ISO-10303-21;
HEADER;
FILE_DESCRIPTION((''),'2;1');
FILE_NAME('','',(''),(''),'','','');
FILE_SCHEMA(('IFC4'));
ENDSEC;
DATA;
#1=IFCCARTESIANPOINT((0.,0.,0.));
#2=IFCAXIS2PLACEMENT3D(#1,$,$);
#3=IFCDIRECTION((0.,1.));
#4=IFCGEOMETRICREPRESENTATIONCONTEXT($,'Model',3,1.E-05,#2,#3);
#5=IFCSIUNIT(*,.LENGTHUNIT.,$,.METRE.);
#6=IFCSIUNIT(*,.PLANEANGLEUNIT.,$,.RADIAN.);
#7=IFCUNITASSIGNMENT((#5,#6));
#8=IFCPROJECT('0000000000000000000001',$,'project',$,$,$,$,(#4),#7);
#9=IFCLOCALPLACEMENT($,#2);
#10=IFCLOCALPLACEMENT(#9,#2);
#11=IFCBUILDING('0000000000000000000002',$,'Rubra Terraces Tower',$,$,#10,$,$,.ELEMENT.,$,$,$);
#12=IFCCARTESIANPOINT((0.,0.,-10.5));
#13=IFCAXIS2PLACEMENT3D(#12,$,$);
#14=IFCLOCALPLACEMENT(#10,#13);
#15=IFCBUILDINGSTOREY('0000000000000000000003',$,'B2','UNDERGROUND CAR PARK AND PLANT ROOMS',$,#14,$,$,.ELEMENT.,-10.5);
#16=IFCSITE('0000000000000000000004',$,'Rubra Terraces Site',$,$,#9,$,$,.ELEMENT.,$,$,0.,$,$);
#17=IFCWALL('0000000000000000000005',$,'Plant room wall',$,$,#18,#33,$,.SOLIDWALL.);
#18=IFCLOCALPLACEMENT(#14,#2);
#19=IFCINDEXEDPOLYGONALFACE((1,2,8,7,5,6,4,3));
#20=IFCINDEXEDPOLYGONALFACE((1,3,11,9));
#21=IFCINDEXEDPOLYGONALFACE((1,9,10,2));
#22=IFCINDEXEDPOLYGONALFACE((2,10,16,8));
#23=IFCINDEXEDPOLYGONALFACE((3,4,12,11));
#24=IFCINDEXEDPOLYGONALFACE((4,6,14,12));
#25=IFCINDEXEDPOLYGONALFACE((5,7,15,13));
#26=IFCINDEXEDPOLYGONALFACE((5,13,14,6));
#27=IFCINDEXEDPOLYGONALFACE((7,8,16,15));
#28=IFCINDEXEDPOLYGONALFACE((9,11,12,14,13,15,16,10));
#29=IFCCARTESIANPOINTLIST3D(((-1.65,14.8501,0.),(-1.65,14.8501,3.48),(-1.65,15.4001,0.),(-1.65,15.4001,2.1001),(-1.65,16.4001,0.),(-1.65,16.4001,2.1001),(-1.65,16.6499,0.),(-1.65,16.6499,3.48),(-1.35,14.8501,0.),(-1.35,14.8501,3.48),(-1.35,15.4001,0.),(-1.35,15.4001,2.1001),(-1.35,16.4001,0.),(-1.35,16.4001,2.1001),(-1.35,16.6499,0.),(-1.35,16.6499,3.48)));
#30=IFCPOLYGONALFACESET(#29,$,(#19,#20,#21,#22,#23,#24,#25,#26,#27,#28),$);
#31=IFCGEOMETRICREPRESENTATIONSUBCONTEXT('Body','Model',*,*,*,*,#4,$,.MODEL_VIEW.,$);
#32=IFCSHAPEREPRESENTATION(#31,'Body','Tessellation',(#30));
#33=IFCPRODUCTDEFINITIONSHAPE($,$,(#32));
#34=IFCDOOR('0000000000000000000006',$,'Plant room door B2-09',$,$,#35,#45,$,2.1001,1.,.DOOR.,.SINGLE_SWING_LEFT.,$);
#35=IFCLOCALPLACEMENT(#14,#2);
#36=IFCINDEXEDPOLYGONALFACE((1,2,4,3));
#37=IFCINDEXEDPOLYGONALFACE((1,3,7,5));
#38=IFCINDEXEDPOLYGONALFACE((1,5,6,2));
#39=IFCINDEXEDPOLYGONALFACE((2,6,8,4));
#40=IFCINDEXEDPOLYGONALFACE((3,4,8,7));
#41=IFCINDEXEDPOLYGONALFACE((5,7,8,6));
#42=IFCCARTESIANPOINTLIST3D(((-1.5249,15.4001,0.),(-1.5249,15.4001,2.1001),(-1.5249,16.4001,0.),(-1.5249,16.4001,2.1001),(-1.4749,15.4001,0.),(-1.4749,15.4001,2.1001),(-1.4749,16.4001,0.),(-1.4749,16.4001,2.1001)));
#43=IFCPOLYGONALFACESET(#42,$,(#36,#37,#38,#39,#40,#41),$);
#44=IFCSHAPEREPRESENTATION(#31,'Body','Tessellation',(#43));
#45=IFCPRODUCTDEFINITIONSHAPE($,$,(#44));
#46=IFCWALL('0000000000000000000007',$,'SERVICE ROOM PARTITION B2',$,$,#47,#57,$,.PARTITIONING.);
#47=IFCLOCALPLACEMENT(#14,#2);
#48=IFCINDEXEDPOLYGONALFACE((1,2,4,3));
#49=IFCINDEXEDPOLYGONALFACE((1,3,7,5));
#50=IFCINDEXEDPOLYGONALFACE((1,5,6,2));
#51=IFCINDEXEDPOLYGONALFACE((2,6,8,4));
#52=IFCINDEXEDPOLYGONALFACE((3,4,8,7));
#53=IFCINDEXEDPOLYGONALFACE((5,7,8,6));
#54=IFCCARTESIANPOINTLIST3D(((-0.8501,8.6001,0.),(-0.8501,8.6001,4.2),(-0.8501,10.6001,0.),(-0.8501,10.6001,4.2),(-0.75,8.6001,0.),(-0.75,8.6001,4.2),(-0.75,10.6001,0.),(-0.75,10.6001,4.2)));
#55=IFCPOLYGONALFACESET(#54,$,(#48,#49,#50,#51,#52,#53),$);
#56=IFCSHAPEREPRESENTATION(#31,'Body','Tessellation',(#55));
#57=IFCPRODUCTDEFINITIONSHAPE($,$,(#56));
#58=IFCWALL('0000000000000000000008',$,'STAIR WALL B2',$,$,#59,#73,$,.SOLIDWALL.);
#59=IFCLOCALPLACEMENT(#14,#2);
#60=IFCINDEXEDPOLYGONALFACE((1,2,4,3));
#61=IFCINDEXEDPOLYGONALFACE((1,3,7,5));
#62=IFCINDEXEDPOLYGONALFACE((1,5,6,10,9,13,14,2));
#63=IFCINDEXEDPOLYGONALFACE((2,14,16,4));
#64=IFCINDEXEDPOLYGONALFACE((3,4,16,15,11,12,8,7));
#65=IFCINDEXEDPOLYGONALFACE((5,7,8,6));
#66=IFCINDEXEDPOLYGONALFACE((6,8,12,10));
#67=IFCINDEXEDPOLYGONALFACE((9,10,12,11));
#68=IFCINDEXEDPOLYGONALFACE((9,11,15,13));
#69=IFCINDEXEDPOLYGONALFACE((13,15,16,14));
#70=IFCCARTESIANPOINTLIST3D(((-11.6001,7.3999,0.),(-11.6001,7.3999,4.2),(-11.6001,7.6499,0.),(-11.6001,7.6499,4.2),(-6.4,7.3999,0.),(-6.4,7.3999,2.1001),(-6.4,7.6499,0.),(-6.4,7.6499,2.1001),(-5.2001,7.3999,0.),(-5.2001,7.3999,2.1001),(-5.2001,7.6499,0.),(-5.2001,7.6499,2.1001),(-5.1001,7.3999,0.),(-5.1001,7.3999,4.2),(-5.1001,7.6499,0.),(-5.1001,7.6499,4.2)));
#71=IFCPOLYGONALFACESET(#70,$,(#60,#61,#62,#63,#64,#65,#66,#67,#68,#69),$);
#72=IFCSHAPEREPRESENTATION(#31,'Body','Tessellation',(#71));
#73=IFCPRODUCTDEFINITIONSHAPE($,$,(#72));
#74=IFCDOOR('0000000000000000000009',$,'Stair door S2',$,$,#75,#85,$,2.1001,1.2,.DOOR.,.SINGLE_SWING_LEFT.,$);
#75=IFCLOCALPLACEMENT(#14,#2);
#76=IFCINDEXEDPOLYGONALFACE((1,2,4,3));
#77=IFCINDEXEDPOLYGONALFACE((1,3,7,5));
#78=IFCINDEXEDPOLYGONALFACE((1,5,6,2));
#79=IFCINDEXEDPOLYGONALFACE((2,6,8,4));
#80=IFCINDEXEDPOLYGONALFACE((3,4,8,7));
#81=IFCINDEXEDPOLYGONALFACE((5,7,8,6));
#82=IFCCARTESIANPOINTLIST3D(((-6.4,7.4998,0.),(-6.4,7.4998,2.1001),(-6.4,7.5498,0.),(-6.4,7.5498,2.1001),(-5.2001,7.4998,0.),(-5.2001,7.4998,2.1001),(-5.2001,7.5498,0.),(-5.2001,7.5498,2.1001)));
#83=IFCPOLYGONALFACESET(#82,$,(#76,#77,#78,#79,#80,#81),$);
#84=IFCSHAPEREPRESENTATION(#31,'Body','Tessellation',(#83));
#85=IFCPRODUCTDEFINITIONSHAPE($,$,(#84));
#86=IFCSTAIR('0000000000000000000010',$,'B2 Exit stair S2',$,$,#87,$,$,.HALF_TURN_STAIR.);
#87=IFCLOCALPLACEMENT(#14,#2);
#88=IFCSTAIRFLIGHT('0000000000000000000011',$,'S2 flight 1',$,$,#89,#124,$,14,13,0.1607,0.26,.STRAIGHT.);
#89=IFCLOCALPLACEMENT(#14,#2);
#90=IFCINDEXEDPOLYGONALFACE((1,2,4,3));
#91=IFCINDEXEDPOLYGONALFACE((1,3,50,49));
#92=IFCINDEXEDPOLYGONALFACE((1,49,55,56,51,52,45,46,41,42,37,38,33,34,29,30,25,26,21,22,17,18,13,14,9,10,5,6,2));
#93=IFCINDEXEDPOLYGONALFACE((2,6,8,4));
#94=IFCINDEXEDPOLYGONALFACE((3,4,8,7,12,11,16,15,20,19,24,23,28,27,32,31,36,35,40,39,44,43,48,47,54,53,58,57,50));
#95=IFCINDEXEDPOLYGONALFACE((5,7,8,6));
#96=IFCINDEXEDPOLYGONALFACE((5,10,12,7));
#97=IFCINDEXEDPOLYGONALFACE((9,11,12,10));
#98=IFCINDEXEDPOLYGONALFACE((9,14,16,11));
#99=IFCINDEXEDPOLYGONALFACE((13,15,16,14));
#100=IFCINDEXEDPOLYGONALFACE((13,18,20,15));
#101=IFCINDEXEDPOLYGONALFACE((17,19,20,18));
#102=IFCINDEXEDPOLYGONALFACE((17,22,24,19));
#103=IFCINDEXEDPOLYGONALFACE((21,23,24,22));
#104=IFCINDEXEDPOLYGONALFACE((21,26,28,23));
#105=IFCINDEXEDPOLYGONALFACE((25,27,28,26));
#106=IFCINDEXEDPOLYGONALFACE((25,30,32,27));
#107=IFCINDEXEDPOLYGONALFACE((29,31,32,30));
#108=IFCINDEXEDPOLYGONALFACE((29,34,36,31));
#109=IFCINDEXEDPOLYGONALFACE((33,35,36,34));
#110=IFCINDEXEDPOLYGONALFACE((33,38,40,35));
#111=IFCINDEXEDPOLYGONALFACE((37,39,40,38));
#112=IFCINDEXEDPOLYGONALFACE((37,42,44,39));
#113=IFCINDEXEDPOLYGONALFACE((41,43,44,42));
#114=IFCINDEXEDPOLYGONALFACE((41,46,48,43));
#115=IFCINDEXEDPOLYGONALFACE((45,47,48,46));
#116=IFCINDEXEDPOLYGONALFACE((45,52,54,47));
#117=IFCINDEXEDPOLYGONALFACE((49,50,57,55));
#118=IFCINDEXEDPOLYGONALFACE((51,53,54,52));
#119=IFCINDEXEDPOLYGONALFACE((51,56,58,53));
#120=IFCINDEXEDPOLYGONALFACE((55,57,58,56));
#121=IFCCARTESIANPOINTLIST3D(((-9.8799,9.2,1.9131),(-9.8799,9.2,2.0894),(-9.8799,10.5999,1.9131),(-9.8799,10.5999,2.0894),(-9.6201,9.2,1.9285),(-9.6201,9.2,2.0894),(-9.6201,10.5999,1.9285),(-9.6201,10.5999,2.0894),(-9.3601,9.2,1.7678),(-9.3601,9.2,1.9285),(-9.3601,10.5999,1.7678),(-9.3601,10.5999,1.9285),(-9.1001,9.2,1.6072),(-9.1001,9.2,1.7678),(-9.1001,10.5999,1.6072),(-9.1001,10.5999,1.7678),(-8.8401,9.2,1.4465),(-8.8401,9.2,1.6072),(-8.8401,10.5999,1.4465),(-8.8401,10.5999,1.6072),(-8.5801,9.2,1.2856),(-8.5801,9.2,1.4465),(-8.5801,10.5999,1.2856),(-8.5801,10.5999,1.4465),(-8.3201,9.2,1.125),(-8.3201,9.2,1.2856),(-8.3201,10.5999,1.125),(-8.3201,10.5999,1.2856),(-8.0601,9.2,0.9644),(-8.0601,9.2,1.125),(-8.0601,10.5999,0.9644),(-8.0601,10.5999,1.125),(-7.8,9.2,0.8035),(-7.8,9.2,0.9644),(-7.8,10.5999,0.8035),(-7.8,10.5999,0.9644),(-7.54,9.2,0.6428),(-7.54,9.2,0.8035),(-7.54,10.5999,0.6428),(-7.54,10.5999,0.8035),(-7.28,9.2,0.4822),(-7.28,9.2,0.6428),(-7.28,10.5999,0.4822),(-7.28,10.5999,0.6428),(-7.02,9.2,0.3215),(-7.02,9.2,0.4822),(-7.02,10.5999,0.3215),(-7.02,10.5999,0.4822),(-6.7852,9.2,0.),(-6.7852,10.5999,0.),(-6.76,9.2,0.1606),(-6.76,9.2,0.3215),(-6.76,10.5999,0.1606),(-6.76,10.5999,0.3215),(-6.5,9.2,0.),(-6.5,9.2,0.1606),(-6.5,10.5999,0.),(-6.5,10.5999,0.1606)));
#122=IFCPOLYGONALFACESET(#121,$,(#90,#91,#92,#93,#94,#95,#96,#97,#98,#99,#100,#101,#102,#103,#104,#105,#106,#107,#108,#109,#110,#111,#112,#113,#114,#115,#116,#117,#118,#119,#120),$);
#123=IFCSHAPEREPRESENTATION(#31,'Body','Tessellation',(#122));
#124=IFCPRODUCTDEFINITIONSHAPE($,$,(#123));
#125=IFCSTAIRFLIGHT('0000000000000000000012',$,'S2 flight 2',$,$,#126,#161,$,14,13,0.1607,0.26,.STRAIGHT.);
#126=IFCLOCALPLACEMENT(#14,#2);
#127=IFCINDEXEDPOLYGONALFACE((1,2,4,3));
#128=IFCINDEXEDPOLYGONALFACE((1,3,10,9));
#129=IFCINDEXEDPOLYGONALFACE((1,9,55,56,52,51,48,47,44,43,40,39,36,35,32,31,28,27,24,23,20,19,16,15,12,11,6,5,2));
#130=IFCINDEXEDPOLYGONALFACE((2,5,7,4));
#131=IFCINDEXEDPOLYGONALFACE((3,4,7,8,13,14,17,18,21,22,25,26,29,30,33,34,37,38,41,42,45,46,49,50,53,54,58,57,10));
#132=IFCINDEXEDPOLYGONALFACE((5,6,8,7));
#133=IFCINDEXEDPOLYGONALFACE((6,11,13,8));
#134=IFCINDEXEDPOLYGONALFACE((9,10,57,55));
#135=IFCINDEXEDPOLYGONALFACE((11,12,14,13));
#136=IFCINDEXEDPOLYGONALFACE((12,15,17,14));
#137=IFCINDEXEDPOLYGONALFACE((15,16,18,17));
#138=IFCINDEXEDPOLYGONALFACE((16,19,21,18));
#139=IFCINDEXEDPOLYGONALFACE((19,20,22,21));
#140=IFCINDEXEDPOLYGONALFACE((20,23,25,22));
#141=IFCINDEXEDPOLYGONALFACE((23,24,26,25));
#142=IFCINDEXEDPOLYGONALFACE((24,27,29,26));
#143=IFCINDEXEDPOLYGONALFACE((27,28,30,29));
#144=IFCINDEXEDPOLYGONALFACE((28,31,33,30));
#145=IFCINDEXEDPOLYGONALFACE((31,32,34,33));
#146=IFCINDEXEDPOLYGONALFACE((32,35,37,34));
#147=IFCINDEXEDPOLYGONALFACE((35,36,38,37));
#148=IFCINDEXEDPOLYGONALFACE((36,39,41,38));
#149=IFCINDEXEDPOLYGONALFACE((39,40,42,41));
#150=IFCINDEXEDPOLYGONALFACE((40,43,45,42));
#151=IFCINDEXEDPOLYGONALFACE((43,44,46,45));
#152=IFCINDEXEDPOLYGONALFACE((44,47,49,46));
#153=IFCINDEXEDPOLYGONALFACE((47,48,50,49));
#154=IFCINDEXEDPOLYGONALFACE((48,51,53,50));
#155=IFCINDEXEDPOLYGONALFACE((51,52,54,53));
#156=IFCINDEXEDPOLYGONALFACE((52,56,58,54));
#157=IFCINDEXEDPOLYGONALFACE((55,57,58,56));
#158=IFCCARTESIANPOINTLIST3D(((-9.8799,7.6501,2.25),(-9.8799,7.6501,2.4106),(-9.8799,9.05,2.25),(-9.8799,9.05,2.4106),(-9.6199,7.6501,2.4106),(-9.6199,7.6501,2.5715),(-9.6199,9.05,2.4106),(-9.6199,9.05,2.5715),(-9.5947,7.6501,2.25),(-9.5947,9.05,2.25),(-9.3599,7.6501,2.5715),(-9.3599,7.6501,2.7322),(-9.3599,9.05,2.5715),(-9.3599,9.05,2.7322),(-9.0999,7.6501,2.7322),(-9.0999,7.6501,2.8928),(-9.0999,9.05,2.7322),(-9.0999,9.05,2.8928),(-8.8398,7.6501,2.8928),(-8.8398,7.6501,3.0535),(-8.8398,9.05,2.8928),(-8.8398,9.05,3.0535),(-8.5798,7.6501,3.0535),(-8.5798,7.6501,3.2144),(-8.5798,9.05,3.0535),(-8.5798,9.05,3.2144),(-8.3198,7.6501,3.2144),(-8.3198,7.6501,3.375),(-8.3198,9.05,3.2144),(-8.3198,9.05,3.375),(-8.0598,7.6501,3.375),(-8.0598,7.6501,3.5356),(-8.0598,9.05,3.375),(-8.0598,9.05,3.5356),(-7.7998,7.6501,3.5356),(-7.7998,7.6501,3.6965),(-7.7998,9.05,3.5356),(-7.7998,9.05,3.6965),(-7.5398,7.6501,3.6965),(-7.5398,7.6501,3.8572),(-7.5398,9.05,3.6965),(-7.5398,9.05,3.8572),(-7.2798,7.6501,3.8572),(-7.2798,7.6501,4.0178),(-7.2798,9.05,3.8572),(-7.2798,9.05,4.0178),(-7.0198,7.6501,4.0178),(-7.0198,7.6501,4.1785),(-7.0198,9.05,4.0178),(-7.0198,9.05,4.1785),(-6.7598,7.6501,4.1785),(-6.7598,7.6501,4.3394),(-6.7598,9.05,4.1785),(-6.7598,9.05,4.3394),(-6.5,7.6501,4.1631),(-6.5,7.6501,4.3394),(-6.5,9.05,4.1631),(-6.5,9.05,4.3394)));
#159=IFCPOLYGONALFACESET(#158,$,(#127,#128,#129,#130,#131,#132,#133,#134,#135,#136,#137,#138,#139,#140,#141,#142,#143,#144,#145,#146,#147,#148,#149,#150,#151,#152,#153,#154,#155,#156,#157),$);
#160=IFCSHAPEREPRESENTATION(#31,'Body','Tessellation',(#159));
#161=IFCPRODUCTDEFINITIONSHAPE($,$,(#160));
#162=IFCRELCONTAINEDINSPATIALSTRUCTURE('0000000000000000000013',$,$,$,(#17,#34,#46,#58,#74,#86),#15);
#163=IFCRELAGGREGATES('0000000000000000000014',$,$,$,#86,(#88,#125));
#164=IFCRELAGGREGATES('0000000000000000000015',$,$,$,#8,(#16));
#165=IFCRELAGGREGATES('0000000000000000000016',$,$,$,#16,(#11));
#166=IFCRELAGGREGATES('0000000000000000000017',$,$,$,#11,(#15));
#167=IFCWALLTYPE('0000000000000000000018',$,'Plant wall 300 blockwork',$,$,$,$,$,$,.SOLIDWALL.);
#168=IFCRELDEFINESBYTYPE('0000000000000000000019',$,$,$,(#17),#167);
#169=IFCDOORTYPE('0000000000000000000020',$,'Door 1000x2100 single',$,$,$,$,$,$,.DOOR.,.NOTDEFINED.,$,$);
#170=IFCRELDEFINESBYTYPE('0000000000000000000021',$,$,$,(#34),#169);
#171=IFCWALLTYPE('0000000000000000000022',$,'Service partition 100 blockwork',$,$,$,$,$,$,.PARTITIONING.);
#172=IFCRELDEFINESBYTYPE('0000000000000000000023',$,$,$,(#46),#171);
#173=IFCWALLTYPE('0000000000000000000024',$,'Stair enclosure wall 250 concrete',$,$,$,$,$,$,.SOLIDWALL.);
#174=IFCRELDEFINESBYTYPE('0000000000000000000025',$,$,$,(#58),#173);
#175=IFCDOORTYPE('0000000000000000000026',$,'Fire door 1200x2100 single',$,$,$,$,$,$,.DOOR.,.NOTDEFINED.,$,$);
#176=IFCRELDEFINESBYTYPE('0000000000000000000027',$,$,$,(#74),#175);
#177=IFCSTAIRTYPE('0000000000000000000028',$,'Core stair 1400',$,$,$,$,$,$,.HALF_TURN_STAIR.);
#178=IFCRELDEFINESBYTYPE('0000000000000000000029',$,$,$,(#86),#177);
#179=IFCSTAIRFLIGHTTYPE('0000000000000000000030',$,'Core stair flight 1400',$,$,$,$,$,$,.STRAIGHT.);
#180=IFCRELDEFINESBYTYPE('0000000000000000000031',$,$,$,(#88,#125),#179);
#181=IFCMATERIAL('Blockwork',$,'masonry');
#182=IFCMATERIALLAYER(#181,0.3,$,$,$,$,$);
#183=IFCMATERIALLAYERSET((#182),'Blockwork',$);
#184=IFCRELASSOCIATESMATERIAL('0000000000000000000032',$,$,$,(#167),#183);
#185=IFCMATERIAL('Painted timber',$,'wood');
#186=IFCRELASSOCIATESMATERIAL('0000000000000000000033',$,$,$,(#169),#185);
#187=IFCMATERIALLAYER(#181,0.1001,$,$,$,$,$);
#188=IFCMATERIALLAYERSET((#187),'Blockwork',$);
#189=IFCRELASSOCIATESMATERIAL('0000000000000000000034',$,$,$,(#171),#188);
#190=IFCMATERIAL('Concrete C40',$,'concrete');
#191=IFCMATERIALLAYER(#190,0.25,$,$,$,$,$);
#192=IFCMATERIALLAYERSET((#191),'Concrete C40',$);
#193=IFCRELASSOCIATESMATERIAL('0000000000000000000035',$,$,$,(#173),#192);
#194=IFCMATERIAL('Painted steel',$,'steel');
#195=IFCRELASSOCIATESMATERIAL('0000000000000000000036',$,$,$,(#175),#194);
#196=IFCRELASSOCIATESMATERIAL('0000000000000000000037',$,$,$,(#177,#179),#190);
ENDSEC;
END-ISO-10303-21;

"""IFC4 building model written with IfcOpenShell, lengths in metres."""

from ifc_helpers import new_model, si_unit, direction, frame, frame_2d, origin, place, context, subcontext, project, spatial, polyline, rectangle, outline, extrude, material, layer, layer_set, type_object, element, fill, aggregate, save


model = new_model("IFC4")

# Units and contexts
model_context = context("Model", 3, precision=1e-05, world=origin(), true_north=direction((0.0, 1.0)))
body_context = subcontext(model_context, "Body", "Model", "MODEL_VIEW")
ifc_project = project(units=[si_unit("LENGTHUNIT", "METRE"), si_unit("PLANEANGLEUNIT", "RADIAN")], contexts=[model_context])

# Site, building, storey
site_placement = place(None, origin())
site = spatial("IfcSite", under=ifc_project, at=site_placement, Name="Rubra Terraces Site", CompositionType="ELEMENT", RefElevation=0.0)
building_placement = place(site_placement, origin())
building = spatial("IfcBuilding", under=site, at=building_placement, Name="Rubra Terraces Tower", CompositionType="ELEMENT")
storey_placement = place(building_placement, frame((0.0, 0.0, -10.5)))
storey = spatial("IfcBuildingStorey", under=building, at=storey_placement, Name="B2", Description="UNDERGROUND CAR PARK AND PLANT ROOMS", CompositionType="ELEMENT", Elevation=-10.5)

# Shared definitions
ifc_material_1 = material(Name="Blockwork", Category="masonry")
ifc_layer_1 = layer(ifc_material_1, 0.3)
ifc_layer_set_1 = layer_set([ifc_layer_1], Name="Blockwork")
wall_type_1 = type_object("IfcWallType", Name="Plant wall 300 blockwork", PredefinedType="SOLIDWALL", material=ifc_layer_set_1)

# Wall, opening, door
wall_1_placement = place(storey_placement, frame((-1.5, 14.8501, 0.0), z_axis=(0.0, 0.0, 1.0), x_axis=(0.0, 1.0, 0.0)))
wall_1 = element("IfcWall", 1, at=wall_1_placement, inside=storey, type_object=wall_type_1, Name="Plant room wall", PredefinedType="SOLIDWALL", context=body_context, shape_type="SweptSolid", body=[
    extrude(rectangle(XDim=1.7998, YDim=0.3, at=frame_2d((0.8999, 0.0))), origin(), (0.0, 0.0, 1.0), 3.48),
])
opening_1_placement = place(wall_1_placement, frame((0.55, 0.0, 0.0)))
opening_1 = element("IfcOpeningElement", 2, at=opening_1_placement, cuts=wall_1, PredefinedType="OPENING", context=body_context, shape_type="SweptSolid", body=[
    extrude(rectangle(XDim=1.0, YDim=2.1001, at=frame_2d((0.5, 1.05))), frame((0.0, 0.1599, 0.0), z_axis=(0.0, -1.0, 0.0), x_axis=(1.0, 0.0, 0.0)), (0.0, 0.0, 1.0), 0.3201),
])
ifc_material_2 = material(Name="Painted timber", Category="wood")
door_type_1 = type_object("IfcDoorType", Name="Door 1000x2100 single", OperationType="NOTDEFINED", PredefinedType="DOOR", material=ifc_material_2)
door_1_placement = place(opening_1_placement, origin())
door_1 = element("IfcDoor", 3, at=door_1_placement, inside=storey, type_object=door_type_1, Name="Plant room door B2-09", OperationType="SINGLE_SWING_LEFT", OverallHeight=2.1001, OverallWidth=1.0, PredefinedType="DOOR", context=body_context, shape_type="SweptSolid", body=[
    extrude(rectangle(XDim=1.0, YDim=2.1001, at=frame_2d((0.5, 1.05))), frame((0.0, 0.0249, 0.0), z_axis=(0.0, -1.0, 0.0), x_axis=(1.0, 0.0, 0.0)), (0.0, 0.0, 1.0), 0.05),
])
fill(opening_1, door_1)

# Wall
ifc_layer_2 = layer(ifc_material_1, 0.1001)
ifc_layer_set_2 = layer_set([ifc_layer_2], Name="Blockwork")
wall_type_2 = type_object("IfcWallType", Name="Service partition 100 blockwork", PredefinedType="PARTITIONING", material=ifc_layer_set_2)
wall_2_placement = place(storey_placement, frame((-0.8, 8.6001, 0.0), z_axis=(0.0, 0.0, 1.0), x_axis=(0.0, 1.0, 0.0)))
element("IfcWall", 4, at=wall_2_placement, inside=storey, type_object=wall_type_2, Name="SERVICE ROOM PARTITION B2", PredefinedType="PARTITIONING", context=body_context, shape_type="SweptSolid", body=[
    extrude(rectangle(XDim=2.0, YDim=0.1001, at=frame_2d((1.0, 0.0))), origin(), (0.0, 0.0, 1.0), 4.2),
])

# Wall, opening, door
ifc_material_3 = material(Name="Concrete C40", Category="concrete")
ifc_layer_3 = layer(ifc_material_3, 0.25)
ifc_layer_set_3 = layer_set([ifc_layer_3], Name="Concrete C40")
wall_type_3 = type_object("IfcWallType", Name="Stair enclosure wall 250 concrete", PredefinedType="SOLIDWALL", material=ifc_layer_set_3)
wall_3_placement = place(storey_placement, frame((-11.6001, 7.5249, 0.0), z_axis=(0.0, 0.0, 1.0), x_axis=(1.0, 0.0, 0.0)))
wall_3 = element("IfcWall", 5, at=wall_3_placement, inside=storey, type_object=wall_type_3, Name="STAIR WALL B2", PredefinedType="SOLIDWALL", context=body_context, shape_type="SweptSolid", body=[
    extrude(rectangle(XDim=6.5, YDim=0.25, at=frame_2d((3.25, 0.0))), origin(), (0.0, 0.0, 1.0), 4.2),
])
opening_2_placement = place(wall_3_placement, frame((5.2, 0.0, 0.0)))
opening_2 = element("IfcOpeningElement", 6, at=opening_2_placement, cuts=wall_3, PredefinedType="OPENING", context=body_context, shape_type="SweptSolid", body=[
    extrude(rectangle(XDim=1.2, YDim=2.1001, at=frame_2d((0.6001, 1.05))), frame((0.0, 0.135, 0.0), z_axis=(0.0, -1.0, 0.0), x_axis=(1.0, 0.0, 0.0)), (0.0, 0.0, 1.0), 0.27),
])
ifc_material_4 = material(Name="Painted steel", Category="steel")
door_type_2 = type_object("IfcDoorType", Name="Fire door 1200x2100 single", OperationType="NOTDEFINED", PredefinedType="DOOR", material=ifc_material_4)
door_2_placement = place(opening_2_placement, origin())
door_2 = element("IfcDoor", 7, at=door_2_placement, inside=storey, type_object=door_type_2, Name="Stair door S2", OperationType="SINGLE_SWING_LEFT", OverallHeight=2.1001, OverallWidth=1.2, PredefinedType="DOOR", context=body_context, shape_type="SweptSolid", body=[
    extrude(rectangle(XDim=1.2, YDim=2.1001, at=frame_2d((0.6001, 1.05))), frame((0.0, 0.0249, 0.0), z_axis=(0.0, -1.0, 0.0), x_axis=(1.0, 0.0, 0.0)), (0.0, 0.0, 1.0), 0.05),
])
fill(opening_2, door_2)

# Stair, stair flights
stair_type = type_object("IfcStairType", Name="Core stair 1400", PredefinedType="HALF_TURN_STAIR", material=ifc_material_3)
stair_placement = place(storey_placement, origin())
stair = element("IfcStair", 8, at=stair_placement, inside=storey, type_object=stair_type, Name="B2 Exit stair S2", PredefinedType="HALF_TURN_STAIR")
stair_flight_type = type_object("IfcStairFlightType", Name="Core stair flight 1400", PredefinedType="STRAIGHT", material=ifc_material_3)
stair_flight_1_placement = place(storey_placement, frame((-6.5, 9.8999, 0.0), z_axis=(0.0, 0.0, 1.0), x_axis=(-1.0, 0.0, 0.0)))
stair_flight_1 = element("IfcStairFlight", 9, at=stair_flight_1_placement, type_object=stair_flight_type, Name="S2 flight 1", NumberOfRisers=14, NumberOfTreads=13, PredefinedType="STRAIGHT", RiserHeight=0.1607, TreadLength=0.26, context=body_context, shape_type="SweptSolid", body=[
    extrude(outline(polyline([(0.0, 0.0), (0.0, 0.1606), (0.26, 0.1606), (0.26, 0.3215), (0.52, 0.3215), (0.52, 0.4822), (0.78, 0.4822), (0.78, 0.6428), (1.04, 0.6428), (1.04, 0.8035), (1.3, 0.8035), (1.3, 0.9644), (1.5601, 0.9644), (1.5601, 1.125), (1.8201, 1.125), (1.8201, 1.2856), (2.0801, 1.2856), (2.0801, 1.4465), (2.3401, 1.4465), (2.3401, 1.6072), (2.6001, 1.6072), (2.6001, 1.7678), (2.8601, 1.7678), (2.8601, 1.9285), (3.1201, 1.9285), (3.1201, 2.0894), (3.3799, 2.0894), (3.3799, 2.25), (3.3799, 1.9131), (0.2852, 0.0), (0.0, 0.0)])), frame((0.0, 0.7, 0.0), z_axis=(0.0, -1.0, 0.0), x_axis=(1.0, 0.0, 0.0)), (0.0, 0.0, 1.0), 1.3999),
])
stair_flight_2_placement = place(storey_placement, frame((-9.8799, 8.3501, 2.25), z_axis=(0.0, 0.0, 1.0), x_axis=(1.0, 0.0, 0.0)))
stair_flight_2 = element("IfcStairFlight", 10, at=stair_flight_2_placement, type_object=stair_flight_type, Name="S2 flight 2", NumberOfRisers=14, NumberOfTreads=13, PredefinedType="STRAIGHT", RiserHeight=0.1607, TreadLength=0.26, context=body_context, shape_type="SweptSolid", body=[
    extrude(outline(polyline([(0.0, 0.0), (0.0, 0.1606), (0.26, 0.1606), (0.26, 0.3215), (0.52, 0.3215), (0.52, 0.4822), (0.78, 0.4822), (0.78, 0.6428), (1.04, 0.6428), (1.04, 0.8035), (1.3, 0.8035), (1.3, 0.9644), (1.5601, 0.9644), (1.5601, 1.125), (1.8201, 1.125), (1.8201, 1.2856), (2.0801, 1.2856), (2.0801, 1.4465), (2.3401, 1.4465), (2.3401, 1.6072), (2.6001, 1.6072), (2.6001, 1.7678), (2.8601, 1.7678), (2.8601, 1.9285), (3.1201, 1.9285), (3.1201, 2.0894), (3.3799, 2.0894), (3.3799, 2.25), (3.3799, 1.9131), (0.2852, 0.0), (0.0, 0.0)])), frame((0.0, 0.7, 0.0), z_axis=(0.0, -1.0, 0.0), x_axis=(1.0, 0.0, 0.0)), (0.0, 0.0, 1.0), 1.3999),
])
aggregate(stair, [stair_flight_1, stair_flight_2])

save(model, "model.ifc")
